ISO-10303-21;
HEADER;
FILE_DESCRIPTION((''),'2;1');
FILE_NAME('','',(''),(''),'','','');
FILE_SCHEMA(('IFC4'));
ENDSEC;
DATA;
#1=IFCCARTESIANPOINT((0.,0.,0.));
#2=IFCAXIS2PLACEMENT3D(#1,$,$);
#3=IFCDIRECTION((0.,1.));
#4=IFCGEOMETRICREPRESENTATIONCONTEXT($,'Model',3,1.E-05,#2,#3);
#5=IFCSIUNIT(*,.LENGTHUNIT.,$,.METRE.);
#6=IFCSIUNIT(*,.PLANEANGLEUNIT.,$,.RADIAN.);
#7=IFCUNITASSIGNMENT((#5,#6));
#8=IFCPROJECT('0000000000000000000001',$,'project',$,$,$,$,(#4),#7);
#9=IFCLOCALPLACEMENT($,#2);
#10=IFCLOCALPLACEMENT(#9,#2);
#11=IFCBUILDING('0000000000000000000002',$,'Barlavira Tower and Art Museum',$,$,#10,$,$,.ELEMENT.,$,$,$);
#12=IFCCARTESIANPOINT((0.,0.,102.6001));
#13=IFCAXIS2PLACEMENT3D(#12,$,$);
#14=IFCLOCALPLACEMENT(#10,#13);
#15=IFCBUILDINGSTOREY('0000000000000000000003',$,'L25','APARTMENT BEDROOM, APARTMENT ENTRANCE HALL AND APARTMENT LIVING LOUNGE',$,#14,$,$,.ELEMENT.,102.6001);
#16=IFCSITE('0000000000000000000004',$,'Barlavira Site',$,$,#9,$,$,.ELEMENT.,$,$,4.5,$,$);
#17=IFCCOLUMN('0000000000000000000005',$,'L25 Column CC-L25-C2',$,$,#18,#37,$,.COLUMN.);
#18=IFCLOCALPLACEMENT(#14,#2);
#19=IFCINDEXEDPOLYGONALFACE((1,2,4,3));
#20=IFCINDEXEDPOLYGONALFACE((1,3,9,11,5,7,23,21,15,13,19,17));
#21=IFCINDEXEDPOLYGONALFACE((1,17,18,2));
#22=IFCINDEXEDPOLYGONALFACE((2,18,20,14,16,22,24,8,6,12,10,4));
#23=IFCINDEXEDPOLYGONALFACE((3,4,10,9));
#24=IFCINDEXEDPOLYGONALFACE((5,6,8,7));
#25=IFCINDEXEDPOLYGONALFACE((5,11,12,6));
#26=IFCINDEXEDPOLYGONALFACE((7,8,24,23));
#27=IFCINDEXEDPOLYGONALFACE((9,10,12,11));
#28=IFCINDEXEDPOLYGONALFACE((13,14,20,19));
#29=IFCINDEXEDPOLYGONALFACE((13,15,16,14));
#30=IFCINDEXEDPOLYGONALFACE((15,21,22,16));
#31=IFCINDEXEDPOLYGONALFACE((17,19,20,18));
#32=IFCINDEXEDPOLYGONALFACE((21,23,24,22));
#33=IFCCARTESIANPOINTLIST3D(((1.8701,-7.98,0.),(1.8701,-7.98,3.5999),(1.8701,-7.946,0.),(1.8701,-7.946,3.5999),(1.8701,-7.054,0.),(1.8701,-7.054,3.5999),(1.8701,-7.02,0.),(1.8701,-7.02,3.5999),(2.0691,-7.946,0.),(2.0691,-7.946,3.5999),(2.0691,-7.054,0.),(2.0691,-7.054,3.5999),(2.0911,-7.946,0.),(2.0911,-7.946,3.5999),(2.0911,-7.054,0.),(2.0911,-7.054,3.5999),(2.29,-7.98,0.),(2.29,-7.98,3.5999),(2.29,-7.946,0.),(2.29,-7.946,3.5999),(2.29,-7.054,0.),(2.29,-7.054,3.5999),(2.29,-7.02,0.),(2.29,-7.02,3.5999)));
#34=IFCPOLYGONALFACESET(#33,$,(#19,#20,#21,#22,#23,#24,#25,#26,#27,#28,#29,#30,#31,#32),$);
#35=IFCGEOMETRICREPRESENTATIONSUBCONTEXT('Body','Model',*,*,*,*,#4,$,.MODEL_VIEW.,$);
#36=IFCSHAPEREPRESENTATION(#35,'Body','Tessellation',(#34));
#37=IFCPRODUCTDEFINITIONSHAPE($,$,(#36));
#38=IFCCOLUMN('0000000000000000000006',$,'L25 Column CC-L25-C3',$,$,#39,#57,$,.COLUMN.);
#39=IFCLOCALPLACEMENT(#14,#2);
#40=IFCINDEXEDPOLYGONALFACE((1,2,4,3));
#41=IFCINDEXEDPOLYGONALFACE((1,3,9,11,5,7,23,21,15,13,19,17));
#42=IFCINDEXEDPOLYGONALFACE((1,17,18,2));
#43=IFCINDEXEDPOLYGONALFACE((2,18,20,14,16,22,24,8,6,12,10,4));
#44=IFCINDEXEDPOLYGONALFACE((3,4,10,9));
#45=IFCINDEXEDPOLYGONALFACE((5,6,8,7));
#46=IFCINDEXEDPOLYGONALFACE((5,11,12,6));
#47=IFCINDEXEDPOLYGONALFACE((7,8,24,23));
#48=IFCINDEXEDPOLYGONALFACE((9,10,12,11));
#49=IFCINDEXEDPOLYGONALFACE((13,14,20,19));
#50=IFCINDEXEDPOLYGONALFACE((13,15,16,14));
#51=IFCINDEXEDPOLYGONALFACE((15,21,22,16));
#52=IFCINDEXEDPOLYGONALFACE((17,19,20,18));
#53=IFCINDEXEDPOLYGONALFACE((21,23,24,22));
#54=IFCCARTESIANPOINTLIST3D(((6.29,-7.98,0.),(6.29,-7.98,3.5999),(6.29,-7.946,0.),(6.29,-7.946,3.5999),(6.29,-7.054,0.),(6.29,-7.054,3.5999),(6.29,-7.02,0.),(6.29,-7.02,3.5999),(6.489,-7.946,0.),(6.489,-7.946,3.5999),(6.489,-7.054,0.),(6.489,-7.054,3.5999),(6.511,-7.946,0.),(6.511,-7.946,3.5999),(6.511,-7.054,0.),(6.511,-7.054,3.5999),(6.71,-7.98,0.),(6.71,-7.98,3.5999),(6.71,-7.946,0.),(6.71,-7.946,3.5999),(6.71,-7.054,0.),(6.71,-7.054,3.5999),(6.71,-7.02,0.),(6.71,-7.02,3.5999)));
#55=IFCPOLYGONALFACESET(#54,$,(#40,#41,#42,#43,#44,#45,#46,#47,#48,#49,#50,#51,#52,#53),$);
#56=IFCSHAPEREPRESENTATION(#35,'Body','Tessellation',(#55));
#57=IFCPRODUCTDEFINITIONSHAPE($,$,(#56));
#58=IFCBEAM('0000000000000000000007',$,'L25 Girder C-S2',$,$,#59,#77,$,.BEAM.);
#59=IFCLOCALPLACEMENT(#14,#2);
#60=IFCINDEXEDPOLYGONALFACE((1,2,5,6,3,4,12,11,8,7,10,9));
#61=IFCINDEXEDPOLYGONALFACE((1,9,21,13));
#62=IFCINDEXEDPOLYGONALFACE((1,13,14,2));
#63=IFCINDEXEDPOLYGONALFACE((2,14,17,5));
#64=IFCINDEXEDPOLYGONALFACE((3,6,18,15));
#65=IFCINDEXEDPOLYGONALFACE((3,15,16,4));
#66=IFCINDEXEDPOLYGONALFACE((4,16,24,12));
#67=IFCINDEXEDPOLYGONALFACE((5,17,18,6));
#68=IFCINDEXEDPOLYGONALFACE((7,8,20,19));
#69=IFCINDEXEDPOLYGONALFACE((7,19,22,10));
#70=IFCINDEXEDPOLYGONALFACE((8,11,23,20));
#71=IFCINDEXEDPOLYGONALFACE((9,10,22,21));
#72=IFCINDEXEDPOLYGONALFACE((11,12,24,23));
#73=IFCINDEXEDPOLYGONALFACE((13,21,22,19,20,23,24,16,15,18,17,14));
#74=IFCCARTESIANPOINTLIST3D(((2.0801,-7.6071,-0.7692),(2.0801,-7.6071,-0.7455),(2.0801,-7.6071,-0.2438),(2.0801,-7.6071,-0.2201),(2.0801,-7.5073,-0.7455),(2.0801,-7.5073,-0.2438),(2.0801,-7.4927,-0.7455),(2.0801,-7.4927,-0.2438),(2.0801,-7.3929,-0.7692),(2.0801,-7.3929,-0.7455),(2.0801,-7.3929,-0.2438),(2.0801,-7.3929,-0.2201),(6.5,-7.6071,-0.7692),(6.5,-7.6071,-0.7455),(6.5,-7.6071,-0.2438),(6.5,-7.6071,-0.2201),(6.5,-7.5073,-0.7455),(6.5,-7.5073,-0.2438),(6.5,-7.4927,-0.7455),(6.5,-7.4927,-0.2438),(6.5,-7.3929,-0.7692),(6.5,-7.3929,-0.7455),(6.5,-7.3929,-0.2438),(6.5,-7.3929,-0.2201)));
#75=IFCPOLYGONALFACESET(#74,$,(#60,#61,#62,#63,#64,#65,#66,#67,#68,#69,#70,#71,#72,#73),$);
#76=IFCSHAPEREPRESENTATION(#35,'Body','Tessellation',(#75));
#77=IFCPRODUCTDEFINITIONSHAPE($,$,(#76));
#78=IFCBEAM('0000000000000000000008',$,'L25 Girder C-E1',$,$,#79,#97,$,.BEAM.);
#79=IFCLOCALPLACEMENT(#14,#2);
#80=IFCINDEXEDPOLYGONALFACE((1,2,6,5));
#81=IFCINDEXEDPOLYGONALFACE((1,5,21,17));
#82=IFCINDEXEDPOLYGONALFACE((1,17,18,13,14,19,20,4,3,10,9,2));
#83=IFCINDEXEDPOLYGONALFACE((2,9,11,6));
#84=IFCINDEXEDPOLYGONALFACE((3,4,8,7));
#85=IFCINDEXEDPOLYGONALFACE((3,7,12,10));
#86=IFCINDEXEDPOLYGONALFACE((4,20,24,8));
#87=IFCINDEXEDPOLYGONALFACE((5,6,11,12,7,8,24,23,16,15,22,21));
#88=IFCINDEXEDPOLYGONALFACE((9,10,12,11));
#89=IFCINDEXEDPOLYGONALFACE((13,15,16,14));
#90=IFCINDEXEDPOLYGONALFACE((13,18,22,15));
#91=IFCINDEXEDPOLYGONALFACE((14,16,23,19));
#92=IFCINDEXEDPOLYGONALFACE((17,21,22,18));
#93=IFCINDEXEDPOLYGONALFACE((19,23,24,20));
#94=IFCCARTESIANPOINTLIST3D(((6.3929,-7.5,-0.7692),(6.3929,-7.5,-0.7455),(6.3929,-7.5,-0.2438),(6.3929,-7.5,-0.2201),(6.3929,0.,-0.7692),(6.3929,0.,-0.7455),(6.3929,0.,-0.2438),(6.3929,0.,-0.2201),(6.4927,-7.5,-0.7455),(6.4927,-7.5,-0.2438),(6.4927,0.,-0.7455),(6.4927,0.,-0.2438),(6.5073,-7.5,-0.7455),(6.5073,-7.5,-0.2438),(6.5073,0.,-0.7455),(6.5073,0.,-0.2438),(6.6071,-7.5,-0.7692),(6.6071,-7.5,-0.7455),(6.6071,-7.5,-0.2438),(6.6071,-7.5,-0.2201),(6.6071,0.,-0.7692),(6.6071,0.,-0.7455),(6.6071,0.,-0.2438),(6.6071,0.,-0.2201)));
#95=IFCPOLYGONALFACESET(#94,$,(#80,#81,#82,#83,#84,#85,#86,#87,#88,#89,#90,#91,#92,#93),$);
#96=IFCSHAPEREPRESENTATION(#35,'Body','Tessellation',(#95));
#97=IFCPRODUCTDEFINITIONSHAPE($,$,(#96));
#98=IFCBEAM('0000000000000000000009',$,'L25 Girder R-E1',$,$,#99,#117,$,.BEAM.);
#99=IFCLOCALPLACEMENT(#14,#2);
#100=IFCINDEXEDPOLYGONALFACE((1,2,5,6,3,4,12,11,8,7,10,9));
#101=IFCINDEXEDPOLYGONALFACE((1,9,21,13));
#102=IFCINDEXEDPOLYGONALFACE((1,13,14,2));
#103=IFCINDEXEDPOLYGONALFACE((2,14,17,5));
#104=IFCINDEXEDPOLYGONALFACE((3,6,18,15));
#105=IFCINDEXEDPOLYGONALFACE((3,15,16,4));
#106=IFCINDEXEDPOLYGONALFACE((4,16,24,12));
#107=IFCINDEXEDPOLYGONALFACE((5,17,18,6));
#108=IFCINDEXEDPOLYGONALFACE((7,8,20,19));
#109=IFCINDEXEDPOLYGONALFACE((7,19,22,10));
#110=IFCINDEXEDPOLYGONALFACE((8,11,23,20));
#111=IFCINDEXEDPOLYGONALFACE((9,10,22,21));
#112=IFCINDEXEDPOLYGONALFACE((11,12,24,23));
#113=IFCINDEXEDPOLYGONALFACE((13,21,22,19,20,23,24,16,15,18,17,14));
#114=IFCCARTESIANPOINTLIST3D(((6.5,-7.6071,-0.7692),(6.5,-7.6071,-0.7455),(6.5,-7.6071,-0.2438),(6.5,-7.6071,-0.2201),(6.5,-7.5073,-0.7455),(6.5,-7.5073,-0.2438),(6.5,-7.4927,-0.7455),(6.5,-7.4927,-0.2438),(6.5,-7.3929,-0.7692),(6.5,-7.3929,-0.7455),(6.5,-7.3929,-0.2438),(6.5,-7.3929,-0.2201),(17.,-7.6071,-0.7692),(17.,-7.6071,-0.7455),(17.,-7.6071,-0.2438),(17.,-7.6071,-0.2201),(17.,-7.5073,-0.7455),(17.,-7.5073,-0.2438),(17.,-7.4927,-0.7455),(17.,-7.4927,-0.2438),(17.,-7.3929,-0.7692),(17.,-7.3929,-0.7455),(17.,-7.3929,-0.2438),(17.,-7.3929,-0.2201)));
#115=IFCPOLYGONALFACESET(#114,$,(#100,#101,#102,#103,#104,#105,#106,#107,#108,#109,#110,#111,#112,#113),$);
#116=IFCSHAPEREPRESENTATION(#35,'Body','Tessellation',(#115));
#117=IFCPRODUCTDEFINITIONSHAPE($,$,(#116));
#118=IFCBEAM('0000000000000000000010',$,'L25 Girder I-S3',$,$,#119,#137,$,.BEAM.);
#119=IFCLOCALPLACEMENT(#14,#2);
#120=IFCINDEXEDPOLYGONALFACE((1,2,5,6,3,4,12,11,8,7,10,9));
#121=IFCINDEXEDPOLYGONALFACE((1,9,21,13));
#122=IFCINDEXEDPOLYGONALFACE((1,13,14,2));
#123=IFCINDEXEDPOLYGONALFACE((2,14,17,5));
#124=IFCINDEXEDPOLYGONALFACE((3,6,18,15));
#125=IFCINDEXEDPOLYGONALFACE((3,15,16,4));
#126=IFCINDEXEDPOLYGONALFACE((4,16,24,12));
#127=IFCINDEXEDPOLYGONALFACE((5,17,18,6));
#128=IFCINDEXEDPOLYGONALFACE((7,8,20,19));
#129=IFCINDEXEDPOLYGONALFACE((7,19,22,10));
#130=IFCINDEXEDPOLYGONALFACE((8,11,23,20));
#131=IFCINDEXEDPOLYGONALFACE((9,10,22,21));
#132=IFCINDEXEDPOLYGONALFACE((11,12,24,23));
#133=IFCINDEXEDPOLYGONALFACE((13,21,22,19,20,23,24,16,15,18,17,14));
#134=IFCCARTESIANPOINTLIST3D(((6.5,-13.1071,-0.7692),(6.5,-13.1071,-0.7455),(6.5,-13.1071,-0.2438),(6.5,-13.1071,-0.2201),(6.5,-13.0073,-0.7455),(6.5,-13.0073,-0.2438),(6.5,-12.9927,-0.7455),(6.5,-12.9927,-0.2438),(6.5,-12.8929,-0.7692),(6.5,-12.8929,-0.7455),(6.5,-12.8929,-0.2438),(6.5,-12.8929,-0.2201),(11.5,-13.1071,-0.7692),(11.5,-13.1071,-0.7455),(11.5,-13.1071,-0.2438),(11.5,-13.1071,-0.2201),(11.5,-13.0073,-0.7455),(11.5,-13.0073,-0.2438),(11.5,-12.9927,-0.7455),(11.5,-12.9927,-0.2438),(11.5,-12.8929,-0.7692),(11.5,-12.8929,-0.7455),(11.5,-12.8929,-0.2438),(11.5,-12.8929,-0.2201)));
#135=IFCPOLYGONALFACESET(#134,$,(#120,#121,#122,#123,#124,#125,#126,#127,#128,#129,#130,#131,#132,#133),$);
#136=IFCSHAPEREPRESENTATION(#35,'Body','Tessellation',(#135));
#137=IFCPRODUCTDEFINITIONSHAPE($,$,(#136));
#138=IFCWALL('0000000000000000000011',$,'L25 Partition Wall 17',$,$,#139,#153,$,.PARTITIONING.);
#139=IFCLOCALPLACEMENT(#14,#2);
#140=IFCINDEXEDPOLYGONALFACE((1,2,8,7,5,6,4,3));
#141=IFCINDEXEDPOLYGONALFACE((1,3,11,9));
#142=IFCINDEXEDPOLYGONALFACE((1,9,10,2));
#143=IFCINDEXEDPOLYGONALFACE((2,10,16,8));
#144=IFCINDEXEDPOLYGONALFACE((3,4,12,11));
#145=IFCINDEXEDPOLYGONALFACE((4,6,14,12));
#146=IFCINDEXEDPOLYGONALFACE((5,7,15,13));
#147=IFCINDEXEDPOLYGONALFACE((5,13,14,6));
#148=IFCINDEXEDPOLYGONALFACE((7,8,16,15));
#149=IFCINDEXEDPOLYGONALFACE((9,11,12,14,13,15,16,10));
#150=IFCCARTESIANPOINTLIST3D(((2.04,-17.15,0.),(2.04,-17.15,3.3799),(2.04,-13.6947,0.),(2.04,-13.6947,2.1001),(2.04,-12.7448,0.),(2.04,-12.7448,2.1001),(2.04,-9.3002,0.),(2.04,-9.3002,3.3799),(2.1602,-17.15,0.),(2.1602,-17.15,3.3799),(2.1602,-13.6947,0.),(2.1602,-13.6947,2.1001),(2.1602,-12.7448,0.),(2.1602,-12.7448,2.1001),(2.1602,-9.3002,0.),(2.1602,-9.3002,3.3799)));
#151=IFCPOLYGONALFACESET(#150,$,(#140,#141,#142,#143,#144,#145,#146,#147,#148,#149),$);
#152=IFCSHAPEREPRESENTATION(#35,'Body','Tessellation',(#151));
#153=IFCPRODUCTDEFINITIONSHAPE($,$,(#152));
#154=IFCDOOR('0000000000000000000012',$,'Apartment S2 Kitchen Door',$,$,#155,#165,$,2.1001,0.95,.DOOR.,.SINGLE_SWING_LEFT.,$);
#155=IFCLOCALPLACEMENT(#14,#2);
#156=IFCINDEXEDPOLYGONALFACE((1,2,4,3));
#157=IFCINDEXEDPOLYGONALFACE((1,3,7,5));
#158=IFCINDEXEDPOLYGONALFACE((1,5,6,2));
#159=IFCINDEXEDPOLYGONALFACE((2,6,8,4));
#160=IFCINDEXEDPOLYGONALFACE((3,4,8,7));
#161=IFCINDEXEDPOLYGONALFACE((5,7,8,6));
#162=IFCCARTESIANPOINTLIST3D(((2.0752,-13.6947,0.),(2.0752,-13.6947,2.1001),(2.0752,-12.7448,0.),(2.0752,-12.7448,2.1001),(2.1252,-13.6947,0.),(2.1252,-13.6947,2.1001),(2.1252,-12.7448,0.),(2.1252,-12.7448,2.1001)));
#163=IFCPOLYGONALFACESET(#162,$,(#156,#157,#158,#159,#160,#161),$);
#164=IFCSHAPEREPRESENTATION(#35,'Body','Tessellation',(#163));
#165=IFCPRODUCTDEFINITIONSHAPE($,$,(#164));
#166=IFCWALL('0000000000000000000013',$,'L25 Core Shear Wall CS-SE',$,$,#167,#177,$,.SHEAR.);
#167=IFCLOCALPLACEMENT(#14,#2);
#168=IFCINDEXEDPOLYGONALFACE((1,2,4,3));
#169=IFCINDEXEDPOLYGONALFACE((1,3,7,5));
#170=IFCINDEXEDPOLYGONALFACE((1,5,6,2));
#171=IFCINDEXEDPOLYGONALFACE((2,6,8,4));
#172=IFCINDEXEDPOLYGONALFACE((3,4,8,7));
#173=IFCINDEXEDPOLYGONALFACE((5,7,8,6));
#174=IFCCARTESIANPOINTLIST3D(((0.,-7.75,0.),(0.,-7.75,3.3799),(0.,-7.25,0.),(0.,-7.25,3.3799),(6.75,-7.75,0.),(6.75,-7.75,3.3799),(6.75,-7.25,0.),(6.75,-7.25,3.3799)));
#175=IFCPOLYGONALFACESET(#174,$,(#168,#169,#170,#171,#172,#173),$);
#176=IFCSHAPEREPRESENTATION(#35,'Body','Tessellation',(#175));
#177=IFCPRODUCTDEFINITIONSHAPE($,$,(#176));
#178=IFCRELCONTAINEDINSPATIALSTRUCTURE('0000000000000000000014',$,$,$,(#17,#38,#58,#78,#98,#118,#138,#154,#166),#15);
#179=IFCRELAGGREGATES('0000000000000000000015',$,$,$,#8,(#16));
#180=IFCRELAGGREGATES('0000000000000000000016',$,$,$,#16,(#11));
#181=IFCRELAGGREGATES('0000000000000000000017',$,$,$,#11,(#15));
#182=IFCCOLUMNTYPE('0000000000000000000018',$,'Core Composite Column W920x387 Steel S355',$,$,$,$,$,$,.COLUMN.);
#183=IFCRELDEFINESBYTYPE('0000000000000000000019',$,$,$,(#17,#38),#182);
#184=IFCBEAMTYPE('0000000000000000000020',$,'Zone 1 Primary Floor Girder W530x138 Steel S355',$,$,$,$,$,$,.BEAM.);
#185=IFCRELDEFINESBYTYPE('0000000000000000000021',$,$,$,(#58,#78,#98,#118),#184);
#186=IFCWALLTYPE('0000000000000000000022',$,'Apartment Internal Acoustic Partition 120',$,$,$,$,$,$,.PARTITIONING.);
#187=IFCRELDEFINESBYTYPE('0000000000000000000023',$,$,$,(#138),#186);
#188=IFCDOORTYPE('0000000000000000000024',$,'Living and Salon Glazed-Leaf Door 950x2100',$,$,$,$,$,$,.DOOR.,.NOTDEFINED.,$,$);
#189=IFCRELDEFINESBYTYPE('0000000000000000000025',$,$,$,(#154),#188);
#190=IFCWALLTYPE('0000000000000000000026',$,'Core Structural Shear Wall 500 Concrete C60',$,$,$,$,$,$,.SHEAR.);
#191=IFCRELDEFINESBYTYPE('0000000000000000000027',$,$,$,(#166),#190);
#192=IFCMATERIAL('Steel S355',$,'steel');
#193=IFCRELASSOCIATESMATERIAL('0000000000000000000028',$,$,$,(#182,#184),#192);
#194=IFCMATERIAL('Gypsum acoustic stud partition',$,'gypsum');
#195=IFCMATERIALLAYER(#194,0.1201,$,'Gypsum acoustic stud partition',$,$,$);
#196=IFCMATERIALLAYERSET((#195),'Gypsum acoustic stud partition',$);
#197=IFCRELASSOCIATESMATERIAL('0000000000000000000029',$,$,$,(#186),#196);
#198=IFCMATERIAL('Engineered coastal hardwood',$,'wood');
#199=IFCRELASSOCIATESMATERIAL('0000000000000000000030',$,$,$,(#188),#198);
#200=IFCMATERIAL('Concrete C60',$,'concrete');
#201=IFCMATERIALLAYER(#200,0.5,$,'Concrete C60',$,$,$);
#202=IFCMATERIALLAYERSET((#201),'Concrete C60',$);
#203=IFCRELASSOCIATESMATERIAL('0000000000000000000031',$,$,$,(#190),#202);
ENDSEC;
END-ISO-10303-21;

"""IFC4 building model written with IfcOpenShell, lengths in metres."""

from ifc_helpers import new_model, si_unit, direction, frame, frame_2d, origin, origin_2d, place, context, subcontext, project, spatial, rectangle, i_section, extrude, material, layer, layer_set, material_profile, profile_set, type_object, element, fill, save


model = new_model("IFC4")

# Units and contexts
model_context = context("Model", 3, precision=1e-05, world=origin(), true_north=direction((0.0, 1.0)))
body_context = subcontext(model_context, "Body", "Model", "MODEL_VIEW")
ifc_project = project(units=[si_unit("LENGTHUNIT", "METRE"), si_unit("PLANEANGLEUNIT", "RADIAN")], contexts=[model_context])

# Site, building, storey
site_placement = place(None, origin())
site = spatial("IfcSite", under=ifc_project, at=site_placement, Name="Barlavira Site", CompositionType="ELEMENT", RefElevation=4.5)
building_placement = place(site_placement, origin())
building = spatial("IfcBuilding", under=site, at=building_placement, Name="Barlavira Tower and Art Museum", CompositionType="ELEMENT")
storey_placement = place(building_placement, frame((0.0, 0.0, 102.6001)))
storey = spatial("IfcBuildingStorey", under=building, at=storey_placement, Name="L25", Description="APARTMENT BEDROOM, APARTMENT ENTRANCE HALL AND APARTMENT LIVING LOUNGE", CompositionType="ELEMENT", Elevation=102.6001)

# Columns
ifc_material_1 = material(Name="Steel S355", Category="steel")
ifc_material_profile_1 = material_profile(ifc_material_1, i_section(OverallWidth=0.4199, OverallDepth=0.96, WebThickness=0.022, FlangeThickness=0.0339, at=origin_2d()), Name="W920x387.0")
ifc_profile_set_1 = profile_set([ifc_material_profile_1], Name="Steel S355")
column_type = type_object("IfcColumnType", Name="Core Composite Column W920x387 Steel S355", PredefinedType="COLUMN", material=ifc_profile_set_1)
for number, where, z_axis, x_axis, name in (
    (1, (2.0801, -7.5, 0.0), (0.0, 0.0, 1.0), (1.0, 0.0, 0.0), "L25 Column CC-L25-C2"),
    (2, (6.5, -7.5, 0.0), (0.0, 0.0, 1.0), (1.0, 0.0, 0.0), "L25 Column CC-L25-C3"),
):
    element("IfcColumn", number, at=place(storey_placement, frame(where, z_axis=z_axis, x_axis=x_axis)), inside=storey, type_object=column_type, Name=name, PredefinedType="COLUMN", context=body_context, shape_type="SweptSolid", body=[
        extrude(i_section(OverallWidth=0.4199, OverallDepth=0.96, WebThickness=0.022, FlangeThickness=0.0339, at=origin_2d()), origin(), (0.0, 0.0, 1.0), 3.5999),
    ])

# Beams
ifc_material_profile_2 = material_profile(ifc_material_1, i_section(OverallWidth=0.2141, OverallDepth=0.5491, WebThickness=0.0146, FlangeThickness=0.0237, at=origin_2d()), Name="W530x138.0")
ifc_profile_set_2 = profile_set([ifc_material_profile_2], Name="Steel S355")
beam_type = type_object("IfcBeamType", Name="Zone 1 Primary Floor Girder W530x138 Steel S355", PredefinedType="BEAM", material=ifc_profile_set_2)
beam_1_placement = place(storey_placement, frame((2.0801, -7.5, -0.4946), z_axis=(1.0, 0.0, 0.0), x_axis=(0.0, 1.0, 0.0)))
element("IfcBeam", 3, at=beam_1_placement, inside=storey, type_object=beam_type, Name="L25 Girder C-S2", PredefinedType="BEAM", context=body_context, shape_type="SweptSolid", body=[
    extrude(i_section(OverallWidth=0.2141, OverallDepth=0.5491, WebThickness=0.0146, FlangeThickness=0.0237, at=origin_2d()), origin(), (0.0, 0.0, 1.0), 4.4199),
])
beam_2_placement = place(storey_placement, frame((6.5, -7.5, -0.4946), z_axis=(0.0, 1.0, 0.0), x_axis=(-1.0, 0.0, 0.0)))
element("IfcBeam", 4, at=beam_2_placement, inside=storey, type_object=beam_type, Name="L25 Girder C-E1", PredefinedType="BEAM", context=body_context, shape_type="SweptSolid", body=[
    extrude(i_section(OverallWidth=0.2141, OverallDepth=0.5491, WebThickness=0.0146, FlangeThickness=0.0237, at=origin_2d()), origin(), (0.0, 0.0, 1.0), 7.5),
])
beam_3_placement = place(storey_placement, frame((6.5, -7.5, -0.4946), z_axis=(1.0, 0.0, 0.0), x_axis=(0.0, 1.0, 0.0)))
element("IfcBeam", 5, at=beam_3_placement, inside=storey, type_object=beam_type, Name="L25 Girder R-E1", PredefinedType="BEAM", context=body_context, shape_type="SweptSolid", body=[
    extrude(i_section(OverallWidth=0.2141, OverallDepth=0.5491, WebThickness=0.0146, FlangeThickness=0.0237, at=origin_2d()), origin(), (0.0, 0.0, 1.0), 10.5),
])
beam_4_placement = place(storey_placement, frame((6.5, -13.0, -0.4946), z_axis=(1.0, 0.0, 0.0), x_axis=(0.0, 1.0, 0.0)))
element("IfcBeam", 6, at=beam_4_placement, inside=storey, type_object=beam_type, Name="L25 Girder I-S3", PredefinedType="BEAM", context=body_context, shape_type="SweptSolid", body=[
    extrude(i_section(OverallWidth=0.2141, OverallDepth=0.5491, WebThickness=0.0146, FlangeThickness=0.0237, at=origin_2d()), origin(), (0.0, 0.0, 1.0), 5.0),
])

# Wall, opening, door
ifc_material_2 = material(Name="Gypsum acoustic stud partition", Category="gypsum")
ifc_layer_1 = layer(ifc_material_2, 0.1201, Name="Gypsum acoustic stud partition")
ifc_layer_set_1 = layer_set([ifc_layer_1], Name="Gypsum acoustic stud partition")
wall_type_1 = type_object("IfcWallType", Name="Apartment Internal Acoustic Partition 120", PredefinedType="PARTITIONING", material=ifc_layer_set_1)
wall_1_placement = place(storey_placement, frame((2.1001, -17.1499, 0.0), z_axis=(0.0, 0.0, 1.0), x_axis=(0.0, 1.0, 0.0)))
wall_1 = element("IfcWall", 7, at=wall_1_placement, inside=storey, type_object=wall_type_1, Name="L25 Partition Wall 17", PredefinedType="PARTITIONING", context=body_context, shape_type="SweptSolid", body=[
    extrude(rectangle(XDim=7.8499, YDim=0.1201, at=frame_2d((3.9248, 0.0))), origin(), (0.0, 0.0, 1.0), 3.3799),
])
opening_1_placement = place(wall_1_placement, frame((3.4551, 0.0, 0.0)))
opening_1 = element("IfcOpeningElement", 8, at=opening_1_placement, cuts=wall_1, PredefinedType="OPENING", context=body_context, shape_type="SweptSolid", body=[
    extrude(rectangle(XDim=0.95, YDim=2.1001, at=frame_2d((0.4751, 1.05))), frame((0.0, 0.0701, 0.0), z_axis=(0.0, -1.0, 0.0), x_axis=(1.0, 0.0, 0.0)), (0.0, 0.0, 1.0), 0.1401),
])
ifc_material_3 = material(Name="Engineered coastal hardwood", Category="wood")
door_type_1 = type_object("IfcDoorType", Name="Living and Salon Glazed-Leaf Door 950x2100", OperationType="NOTDEFINED", PredefinedType="DOOR", material=ifc_material_3)
door_1_placement = place(opening_1_placement, origin())
door_1 = element("IfcDoor", 9, at=door_1_placement, inside=storey, type_object=door_type_1, Name="Apartment S2 Kitchen Door", OperationType="SINGLE_SWING_LEFT", OverallHeight=2.1001, OverallWidth=0.95, PredefinedType="DOOR", context=body_context, shape_type="SweptSolid", body=[
    extrude(rectangle(XDim=0.95, YDim=2.1001, at=frame_2d((0.4751, 1.05))), frame((0.0, 0.0249, 0.0), z_axis=(0.0, -1.0, 0.0), x_axis=(1.0, 0.0, 0.0)), (0.0, 0.0, 1.0), 0.05),
])
fill(opening_1, door_1)

# Wall
ifc_material_4 = material(Name="Concrete C60", Category="concrete")
ifc_layer_2 = layer(ifc_material_4, 0.5, Name="Concrete C60")
ifc_layer_set_2 = layer_set([ifc_layer_2], Name="Concrete C60")
wall_type_2 = type_object("IfcWallType", Name="Core Structural Shear Wall 500 Concrete C60", PredefinedType="SHEAR", material=ifc_layer_set_2)
wall_2_placement = place(storey_placement, frame((0.0, -7.5, 0.0), z_axis=(0.0, 0.0, 1.0), x_axis=(1.0, 0.0, 0.0)))
element("IfcWall", 10, at=wall_2_placement, inside=storey, type_object=wall_type_2, Name="L25 Core Shear Wall CS-SE", PredefinedType="SHEAR", context=body_context, shape_type="SweptSolid", body=[
    extrude(rectangle(XDim=6.75, YDim=0.5, at=frame_2d((3.375, 0.0))), origin(), (0.0, 0.0, 1.0), 3.3799),
])

save(model, "model.ifc")
